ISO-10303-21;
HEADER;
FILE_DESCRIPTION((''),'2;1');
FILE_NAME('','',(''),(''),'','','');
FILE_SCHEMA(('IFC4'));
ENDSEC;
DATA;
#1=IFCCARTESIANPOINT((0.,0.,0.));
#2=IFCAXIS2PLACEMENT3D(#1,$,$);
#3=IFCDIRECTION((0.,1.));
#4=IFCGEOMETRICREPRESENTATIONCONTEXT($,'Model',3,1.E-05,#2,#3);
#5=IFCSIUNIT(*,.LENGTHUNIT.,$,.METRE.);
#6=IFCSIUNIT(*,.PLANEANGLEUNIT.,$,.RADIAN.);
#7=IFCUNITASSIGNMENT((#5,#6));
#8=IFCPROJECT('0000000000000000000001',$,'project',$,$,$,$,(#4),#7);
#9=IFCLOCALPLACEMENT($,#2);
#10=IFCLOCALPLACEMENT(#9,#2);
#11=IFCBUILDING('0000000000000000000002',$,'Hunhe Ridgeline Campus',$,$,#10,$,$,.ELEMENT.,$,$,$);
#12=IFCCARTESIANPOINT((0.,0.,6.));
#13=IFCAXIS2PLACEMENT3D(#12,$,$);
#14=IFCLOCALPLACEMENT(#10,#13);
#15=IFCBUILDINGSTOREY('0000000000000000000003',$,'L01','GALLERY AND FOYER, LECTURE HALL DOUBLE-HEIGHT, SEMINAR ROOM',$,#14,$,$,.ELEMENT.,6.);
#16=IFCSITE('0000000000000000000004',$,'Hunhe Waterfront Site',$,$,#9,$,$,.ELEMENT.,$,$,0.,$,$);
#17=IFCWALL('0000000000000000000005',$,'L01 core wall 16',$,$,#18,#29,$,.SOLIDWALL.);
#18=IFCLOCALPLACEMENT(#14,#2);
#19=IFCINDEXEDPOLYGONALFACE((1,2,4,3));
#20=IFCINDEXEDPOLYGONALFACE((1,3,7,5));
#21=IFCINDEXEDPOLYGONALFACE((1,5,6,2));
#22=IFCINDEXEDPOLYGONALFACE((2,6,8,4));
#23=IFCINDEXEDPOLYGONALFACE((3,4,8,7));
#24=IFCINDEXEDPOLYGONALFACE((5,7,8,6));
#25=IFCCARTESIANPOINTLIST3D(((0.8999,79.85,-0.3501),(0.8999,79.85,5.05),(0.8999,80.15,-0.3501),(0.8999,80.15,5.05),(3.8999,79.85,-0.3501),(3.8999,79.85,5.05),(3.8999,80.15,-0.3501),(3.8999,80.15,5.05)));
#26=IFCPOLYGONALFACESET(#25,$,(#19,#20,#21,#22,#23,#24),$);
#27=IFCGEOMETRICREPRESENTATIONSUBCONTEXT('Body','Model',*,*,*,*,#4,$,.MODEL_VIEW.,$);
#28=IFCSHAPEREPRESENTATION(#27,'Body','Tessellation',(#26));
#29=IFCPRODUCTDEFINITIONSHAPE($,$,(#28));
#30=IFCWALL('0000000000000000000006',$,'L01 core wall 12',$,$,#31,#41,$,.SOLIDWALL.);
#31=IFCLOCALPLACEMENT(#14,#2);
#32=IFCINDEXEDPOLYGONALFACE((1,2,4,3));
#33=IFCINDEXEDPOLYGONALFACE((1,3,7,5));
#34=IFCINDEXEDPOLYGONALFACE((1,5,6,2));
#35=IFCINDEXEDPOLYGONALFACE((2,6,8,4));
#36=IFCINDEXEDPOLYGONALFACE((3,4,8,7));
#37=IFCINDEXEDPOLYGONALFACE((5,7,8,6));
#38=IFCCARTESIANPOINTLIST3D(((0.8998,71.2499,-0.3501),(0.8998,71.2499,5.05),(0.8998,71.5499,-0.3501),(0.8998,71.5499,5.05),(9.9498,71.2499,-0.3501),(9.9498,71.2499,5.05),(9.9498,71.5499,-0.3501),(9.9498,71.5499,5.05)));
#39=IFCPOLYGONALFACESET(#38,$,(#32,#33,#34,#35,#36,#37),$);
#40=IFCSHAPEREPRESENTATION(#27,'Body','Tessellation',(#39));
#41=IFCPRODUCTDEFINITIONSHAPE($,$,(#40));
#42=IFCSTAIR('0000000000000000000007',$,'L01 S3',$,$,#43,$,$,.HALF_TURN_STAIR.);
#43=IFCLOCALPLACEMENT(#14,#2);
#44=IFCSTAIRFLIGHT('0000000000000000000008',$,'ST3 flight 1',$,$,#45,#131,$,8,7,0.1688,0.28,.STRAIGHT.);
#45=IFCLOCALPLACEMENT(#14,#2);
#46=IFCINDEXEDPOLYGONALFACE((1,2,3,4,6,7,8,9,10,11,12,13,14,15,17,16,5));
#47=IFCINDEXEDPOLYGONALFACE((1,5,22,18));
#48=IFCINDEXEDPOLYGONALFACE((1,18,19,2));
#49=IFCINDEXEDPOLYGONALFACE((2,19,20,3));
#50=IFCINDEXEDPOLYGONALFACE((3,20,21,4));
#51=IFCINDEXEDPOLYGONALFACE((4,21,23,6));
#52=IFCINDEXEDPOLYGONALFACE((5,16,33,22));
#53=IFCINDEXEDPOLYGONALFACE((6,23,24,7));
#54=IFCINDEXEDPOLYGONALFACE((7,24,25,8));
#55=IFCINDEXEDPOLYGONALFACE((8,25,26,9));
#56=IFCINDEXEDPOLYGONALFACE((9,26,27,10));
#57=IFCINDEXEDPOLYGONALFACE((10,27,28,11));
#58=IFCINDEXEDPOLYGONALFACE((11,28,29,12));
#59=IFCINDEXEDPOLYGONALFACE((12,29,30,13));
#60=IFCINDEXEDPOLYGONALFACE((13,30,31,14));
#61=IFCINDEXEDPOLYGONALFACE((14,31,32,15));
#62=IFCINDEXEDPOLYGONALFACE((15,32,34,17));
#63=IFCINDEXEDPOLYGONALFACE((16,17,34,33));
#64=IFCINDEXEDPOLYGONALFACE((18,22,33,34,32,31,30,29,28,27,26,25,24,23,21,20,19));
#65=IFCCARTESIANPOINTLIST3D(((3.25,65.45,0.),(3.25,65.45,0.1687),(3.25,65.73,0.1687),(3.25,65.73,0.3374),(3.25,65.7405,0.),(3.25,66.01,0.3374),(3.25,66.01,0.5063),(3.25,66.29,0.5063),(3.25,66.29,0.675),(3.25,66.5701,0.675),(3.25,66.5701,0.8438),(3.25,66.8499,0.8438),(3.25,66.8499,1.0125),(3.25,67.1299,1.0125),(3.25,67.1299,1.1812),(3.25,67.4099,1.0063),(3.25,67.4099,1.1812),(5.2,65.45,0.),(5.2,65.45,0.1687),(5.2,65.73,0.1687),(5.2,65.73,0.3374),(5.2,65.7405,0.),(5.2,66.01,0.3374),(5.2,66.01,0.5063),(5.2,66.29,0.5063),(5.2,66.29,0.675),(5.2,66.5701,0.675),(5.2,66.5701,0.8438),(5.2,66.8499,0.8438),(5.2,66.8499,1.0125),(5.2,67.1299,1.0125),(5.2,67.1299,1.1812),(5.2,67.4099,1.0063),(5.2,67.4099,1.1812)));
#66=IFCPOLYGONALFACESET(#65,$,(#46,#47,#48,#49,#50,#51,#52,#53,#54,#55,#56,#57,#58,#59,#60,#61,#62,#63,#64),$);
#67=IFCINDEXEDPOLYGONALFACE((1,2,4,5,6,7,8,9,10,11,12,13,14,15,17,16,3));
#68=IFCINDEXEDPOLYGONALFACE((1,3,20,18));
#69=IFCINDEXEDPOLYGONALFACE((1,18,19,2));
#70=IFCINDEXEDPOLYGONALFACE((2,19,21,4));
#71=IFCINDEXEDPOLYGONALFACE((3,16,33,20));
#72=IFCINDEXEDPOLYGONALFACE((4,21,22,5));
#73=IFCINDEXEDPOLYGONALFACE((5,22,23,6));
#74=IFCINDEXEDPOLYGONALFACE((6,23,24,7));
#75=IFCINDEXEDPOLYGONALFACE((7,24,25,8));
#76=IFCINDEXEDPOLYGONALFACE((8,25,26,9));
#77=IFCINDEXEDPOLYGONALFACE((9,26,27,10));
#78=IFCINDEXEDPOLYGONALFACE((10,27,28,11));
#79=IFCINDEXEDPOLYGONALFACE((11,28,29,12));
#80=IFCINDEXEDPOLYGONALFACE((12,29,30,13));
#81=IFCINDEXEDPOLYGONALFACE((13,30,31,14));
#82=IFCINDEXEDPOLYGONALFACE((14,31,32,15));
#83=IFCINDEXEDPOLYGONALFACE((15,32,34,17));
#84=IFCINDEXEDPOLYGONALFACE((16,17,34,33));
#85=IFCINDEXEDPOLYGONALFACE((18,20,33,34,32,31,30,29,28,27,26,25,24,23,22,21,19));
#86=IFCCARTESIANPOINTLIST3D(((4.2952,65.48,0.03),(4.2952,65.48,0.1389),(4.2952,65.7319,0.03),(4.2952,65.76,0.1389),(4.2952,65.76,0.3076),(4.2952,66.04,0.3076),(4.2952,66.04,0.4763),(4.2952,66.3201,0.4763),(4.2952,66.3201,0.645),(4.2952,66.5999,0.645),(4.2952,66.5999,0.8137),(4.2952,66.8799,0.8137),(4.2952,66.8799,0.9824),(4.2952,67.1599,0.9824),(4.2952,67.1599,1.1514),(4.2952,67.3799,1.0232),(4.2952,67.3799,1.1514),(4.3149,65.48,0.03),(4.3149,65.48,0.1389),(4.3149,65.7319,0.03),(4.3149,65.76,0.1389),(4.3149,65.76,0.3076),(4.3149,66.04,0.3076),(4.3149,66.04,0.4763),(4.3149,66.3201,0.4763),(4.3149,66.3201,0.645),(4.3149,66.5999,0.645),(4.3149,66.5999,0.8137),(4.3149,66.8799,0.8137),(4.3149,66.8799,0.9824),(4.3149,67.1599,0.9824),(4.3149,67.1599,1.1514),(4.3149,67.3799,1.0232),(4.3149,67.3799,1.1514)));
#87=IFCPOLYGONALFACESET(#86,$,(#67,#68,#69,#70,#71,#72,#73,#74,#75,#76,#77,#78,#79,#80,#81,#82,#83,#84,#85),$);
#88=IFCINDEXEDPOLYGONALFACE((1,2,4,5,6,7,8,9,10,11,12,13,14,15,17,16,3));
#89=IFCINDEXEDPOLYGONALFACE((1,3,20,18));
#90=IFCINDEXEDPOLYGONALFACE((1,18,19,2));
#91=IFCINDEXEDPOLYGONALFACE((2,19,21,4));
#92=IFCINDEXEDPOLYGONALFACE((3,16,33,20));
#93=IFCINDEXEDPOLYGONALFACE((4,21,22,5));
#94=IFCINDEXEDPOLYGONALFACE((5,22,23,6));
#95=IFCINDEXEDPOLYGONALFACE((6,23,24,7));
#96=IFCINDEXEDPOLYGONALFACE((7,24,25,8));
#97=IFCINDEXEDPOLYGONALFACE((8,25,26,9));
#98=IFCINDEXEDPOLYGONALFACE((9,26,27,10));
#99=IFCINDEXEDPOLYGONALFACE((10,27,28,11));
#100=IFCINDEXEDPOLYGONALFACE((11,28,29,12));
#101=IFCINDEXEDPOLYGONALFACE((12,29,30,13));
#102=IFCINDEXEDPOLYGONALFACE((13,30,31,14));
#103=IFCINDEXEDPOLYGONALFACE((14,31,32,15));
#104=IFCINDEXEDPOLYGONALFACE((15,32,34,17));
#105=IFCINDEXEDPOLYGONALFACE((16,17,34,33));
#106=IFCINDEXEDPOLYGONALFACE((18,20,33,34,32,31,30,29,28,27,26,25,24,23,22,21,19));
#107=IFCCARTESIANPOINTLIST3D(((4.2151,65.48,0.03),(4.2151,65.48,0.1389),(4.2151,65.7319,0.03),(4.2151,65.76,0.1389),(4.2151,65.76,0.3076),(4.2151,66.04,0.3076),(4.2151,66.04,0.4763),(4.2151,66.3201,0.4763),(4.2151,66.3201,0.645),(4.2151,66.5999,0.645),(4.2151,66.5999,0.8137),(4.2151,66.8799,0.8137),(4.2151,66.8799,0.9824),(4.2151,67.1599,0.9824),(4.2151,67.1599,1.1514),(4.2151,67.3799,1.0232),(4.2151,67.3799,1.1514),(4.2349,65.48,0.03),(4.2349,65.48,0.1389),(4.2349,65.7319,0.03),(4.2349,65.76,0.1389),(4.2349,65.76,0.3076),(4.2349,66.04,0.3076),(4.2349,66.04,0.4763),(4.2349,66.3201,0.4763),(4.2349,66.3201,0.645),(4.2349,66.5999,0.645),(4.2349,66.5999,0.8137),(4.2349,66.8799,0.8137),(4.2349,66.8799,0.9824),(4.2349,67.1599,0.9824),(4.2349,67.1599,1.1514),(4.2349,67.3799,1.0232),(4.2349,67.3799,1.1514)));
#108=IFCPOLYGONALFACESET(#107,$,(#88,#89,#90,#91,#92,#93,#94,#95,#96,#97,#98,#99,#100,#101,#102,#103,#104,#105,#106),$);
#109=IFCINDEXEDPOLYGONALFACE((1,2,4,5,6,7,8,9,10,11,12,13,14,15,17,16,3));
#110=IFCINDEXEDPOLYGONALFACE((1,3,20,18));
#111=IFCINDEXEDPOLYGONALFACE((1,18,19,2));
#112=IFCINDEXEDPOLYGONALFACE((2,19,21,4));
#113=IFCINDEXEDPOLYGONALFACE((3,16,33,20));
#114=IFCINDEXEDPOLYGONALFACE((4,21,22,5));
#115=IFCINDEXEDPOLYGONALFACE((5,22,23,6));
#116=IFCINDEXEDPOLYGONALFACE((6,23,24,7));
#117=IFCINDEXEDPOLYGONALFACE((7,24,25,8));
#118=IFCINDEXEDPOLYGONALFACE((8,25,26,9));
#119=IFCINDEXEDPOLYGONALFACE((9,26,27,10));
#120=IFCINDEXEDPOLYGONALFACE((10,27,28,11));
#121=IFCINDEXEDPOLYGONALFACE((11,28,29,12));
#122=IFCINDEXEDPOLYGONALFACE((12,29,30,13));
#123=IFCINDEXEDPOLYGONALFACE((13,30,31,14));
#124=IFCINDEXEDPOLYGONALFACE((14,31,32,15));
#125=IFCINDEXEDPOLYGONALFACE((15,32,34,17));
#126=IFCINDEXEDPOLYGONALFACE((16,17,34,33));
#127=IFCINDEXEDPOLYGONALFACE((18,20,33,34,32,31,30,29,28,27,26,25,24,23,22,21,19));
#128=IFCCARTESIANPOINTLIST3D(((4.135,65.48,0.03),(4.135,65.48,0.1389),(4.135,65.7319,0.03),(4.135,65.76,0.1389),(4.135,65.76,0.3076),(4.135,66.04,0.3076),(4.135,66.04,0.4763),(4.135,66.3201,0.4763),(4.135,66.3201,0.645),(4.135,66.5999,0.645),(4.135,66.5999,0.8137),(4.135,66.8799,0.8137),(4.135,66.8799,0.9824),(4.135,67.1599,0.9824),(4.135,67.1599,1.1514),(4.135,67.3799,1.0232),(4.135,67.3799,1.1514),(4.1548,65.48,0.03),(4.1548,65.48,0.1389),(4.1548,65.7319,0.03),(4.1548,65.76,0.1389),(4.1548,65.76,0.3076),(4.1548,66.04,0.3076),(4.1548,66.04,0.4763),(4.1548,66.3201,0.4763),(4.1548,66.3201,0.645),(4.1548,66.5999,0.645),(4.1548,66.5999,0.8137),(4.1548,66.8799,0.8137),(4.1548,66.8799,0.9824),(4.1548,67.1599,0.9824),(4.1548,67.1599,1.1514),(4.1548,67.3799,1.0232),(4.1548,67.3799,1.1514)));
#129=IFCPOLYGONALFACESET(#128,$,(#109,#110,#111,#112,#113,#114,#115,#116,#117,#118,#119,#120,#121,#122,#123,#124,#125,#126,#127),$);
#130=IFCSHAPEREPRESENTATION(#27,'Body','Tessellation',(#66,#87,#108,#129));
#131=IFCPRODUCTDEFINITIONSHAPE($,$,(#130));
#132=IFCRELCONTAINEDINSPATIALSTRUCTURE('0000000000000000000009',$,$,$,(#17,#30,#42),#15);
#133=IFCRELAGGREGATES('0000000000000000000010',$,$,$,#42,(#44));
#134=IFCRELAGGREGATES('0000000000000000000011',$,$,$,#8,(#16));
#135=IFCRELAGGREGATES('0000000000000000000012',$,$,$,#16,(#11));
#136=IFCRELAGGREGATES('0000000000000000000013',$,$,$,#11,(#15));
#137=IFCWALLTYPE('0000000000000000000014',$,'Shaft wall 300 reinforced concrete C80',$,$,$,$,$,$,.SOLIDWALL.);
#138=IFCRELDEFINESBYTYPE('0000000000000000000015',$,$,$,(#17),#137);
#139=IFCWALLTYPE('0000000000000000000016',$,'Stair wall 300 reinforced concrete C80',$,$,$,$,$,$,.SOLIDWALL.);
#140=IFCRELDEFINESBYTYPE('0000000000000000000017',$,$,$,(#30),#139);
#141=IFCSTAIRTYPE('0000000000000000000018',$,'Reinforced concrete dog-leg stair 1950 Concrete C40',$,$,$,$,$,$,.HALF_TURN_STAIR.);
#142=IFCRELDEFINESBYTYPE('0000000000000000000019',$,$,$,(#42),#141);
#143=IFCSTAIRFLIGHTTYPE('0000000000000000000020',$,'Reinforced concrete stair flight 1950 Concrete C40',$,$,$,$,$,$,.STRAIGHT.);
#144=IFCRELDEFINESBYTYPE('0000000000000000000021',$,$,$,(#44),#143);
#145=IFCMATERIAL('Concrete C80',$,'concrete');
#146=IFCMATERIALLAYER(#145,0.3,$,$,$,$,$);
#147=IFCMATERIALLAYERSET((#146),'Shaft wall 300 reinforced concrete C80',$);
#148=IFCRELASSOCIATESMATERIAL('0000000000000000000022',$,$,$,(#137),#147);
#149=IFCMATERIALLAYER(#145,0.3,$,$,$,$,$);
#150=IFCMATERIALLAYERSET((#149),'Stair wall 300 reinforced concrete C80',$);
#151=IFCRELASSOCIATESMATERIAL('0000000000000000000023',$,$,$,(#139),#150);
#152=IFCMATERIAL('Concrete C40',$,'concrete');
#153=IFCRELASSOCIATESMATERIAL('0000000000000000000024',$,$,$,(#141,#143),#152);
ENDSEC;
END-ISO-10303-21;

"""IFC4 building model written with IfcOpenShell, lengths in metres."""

from ifc_helpers import new_model, si_unit, direction, frame, frame_2d, origin, place, context, subcontext, project, spatial, polyline, rectangle, outline, extrude, material, layer, layer_set, type_object, element, aggregate, save


model = new_model("IFC4")

# Units and contexts
model_context = context("Model", 3, precision=1e-05, world=origin(), true_north=direction((0.0, 1.0)))
body_context = subcontext(model_context, "Body", "Model", "MODEL_VIEW")
ifc_project = project(units=[si_unit("LENGTHUNIT", "METRE"), si_unit("PLANEANGLEUNIT", "RADIAN")], contexts=[model_context])

# Site, building, storey
site_placement = place(None, origin())
site = spatial("IfcSite", under=ifc_project, at=site_placement, Name="Hunhe Waterfront Site", CompositionType="ELEMENT", RefElevation=0.0)
building_placement = place(site_placement, origin())
building = spatial("IfcBuilding", under=site, at=building_placement, Name="Hunhe Ridgeline Campus", CompositionType="ELEMENT")
storey_placement = place(building_placement, frame((0.0, 0.0, 6.0)))
storey = spatial("IfcBuildingStorey", under=building, at=storey_placement, Name="L01", Description="GALLERY AND FOYER, LECTURE HALL DOUBLE-HEIGHT, SEMINAR ROOM", CompositionType="ELEMENT", Elevation=6.0)

# Shared definitions
ifc_material_1 = material(Name="Concrete C80", Category="concrete")
ifc_layer_1 = layer(ifc_material_1, 0.3)
ifc_layer_set_1 = layer_set([ifc_layer_1], Name="Shaft wall 300 reinforced concrete C80")
wall_type_1 = type_object("IfcWallType", Name="Shaft wall 300 reinforced concrete C80", PredefinedType="SOLIDWALL", material=ifc_layer_set_1)

# Wall
wall_1_placement = place(storey_placement, frame((0.8999, 80.0, -0.3501), z_axis=(0.0, 0.0, 1.0), x_axis=(1.0, 0.0, 0.0)))
element("IfcWall", 1, at=wall_1_placement, inside=storey, type_object=wall_type_1, Name="L01 core wall 16", PredefinedType="SOLIDWALL", context=body_context, shape_type="SweptSolid", body=[
    extrude(rectangle(XDim=3.0, YDim=0.3, at=frame_2d((1.5, 0.0))), origin(), (0.0, 0.0, 1.0), 5.4001),
])

# Wall
ifc_layer_2 = layer(ifc_material_1, 0.3)
ifc_layer_set_2 = layer_set([ifc_layer_2], Name="Stair wall 300 reinforced concrete C80")
wall_type_2 = type_object("IfcWallType", Name="Stair wall 300 reinforced concrete C80", PredefinedType="SOLIDWALL", material=ifc_layer_set_2)
wall_2_placement = place(storey_placement, frame((0.8999, 71.3999, -0.3501), z_axis=(0.0, 0.0, 1.0), x_axis=(1.0, 0.0, 0.0)))
element("IfcWall", 2, at=wall_2_placement, inside=storey, type_object=wall_type_2, Name="L01 core wall 12", PredefinedType="SOLIDWALL", context=body_context, shape_type="SweptSolid", body=[
    extrude(rectangle(XDim=9.05, YDim=0.3, at=frame_2d((4.5249, 0.0))), origin(), (0.0, 0.0, 1.0), 5.4001),
])

# Stair, stair flight
ifc_material_2 = material(Name="Concrete C40", Category="concrete")
stair_type = type_object("IfcStairType", Name="Reinforced concrete dog-leg stair 1950 Concrete C40", PredefinedType="HALF_TURN_STAIR", material=ifc_material_2)
stair_1_placement = place(storey_placement, origin())
stair_1 = element("IfcStair", 3, at=stair_1_placement, inside=storey, type_object=stair_type, Name="L01 S3", PredefinedType="HALF_TURN_STAIR")
stair_flight_type = type_object("IfcStairFlightType", Name="Reinforced concrete stair flight 1950 Concrete C40", PredefinedType="STRAIGHT", material=ifc_material_2)
stair_flight_1_placement = place(storey_placement, frame((4.2251, 65.45, 0.0), z_axis=(0.0, 0.0, 1.0), x_axis=(0.0, 1.0, 0.0)))
stair_flight_1 = element("IfcStairFlight", 4, at=stair_flight_1_placement, type_object=stair_flight_type, Name="ST3 flight 1", NumberOfRisers=8, NumberOfTreads=7, PredefinedType="STRAIGHT", RiserHeight=0.1688, TreadLength=0.28, context=body_context, shape_type="SweptSolid", body=[
    extrude(outline(polyline([(0.0, 0.0), (0.0, 0.1687), (0.28, 0.1687), (0.28, 0.3374), (0.5601, 0.3374), (0.5601, 0.5063), (0.8401, 0.5063), (0.8401, 0.675), (1.1201, 0.675), (1.1201, 0.8438), (1.3999, 0.8438), (1.3999, 1.0125), (1.6799, 1.0125), (1.6799, 1.1812), (1.96, 1.1812), (1.96, 1.3501), (1.96, 1.0063), (0.2905, 0.0), (0.0, 0.0)])), frame((0.0, 0.9751, 0.0), z_axis=(0.0, -1.0, 0.0), x_axis=(1.0, 0.0, 0.0)), (0.0, 0.0, 1.0), 1.95),
    extrude(outline(polyline([(0.03, 0.03), (0.03, 0.1389), (0.3101, 0.1389), (0.3101, 0.3076), (0.5901, 0.3076), (0.5901, 0.4763), (0.8701, 0.4763), (0.8701, 0.645), (1.1499, 0.645), (1.1499, 0.8137), (1.4299, 0.8137), (1.4299, 0.9824), (1.71, 0.9824), (1.71, 1.1514), (1.9299, 1.1514), (1.9299, 1.0232), (0.282, 0.03), (0.03, 0.03)])), frame((0.0, -0.0701, 0.0), z_axis=(0.0, -1.0, 0.0), x_axis=(1.0, 0.0, 0.0)), (0.0, 0.0, 1.0), 0.0198),
    extrude(outline(polyline([(0.03, 0.03), (0.03, 0.1389), (0.3101, 0.1389), (0.3101, 0.3076), (0.5901, 0.3076), (0.5901, 0.4763), (0.8701, 0.4763), (0.8701, 0.645), (1.1499, 0.645), (1.1499, 0.8137), (1.4299, 0.8137), (1.4299, 0.9824), (1.71, 0.9824), (1.71, 1.1514), (1.9299, 1.1514), (1.9299, 1.0232), (0.282, 0.03), (0.03, 0.03)])), frame((0.0, 0.01, 0.0), z_axis=(0.0, -1.0, 0.0), x_axis=(1.0, 0.0, 0.0)), (0.0, 0.0, 1.0), 0.0198),
    extrude(outline(polyline([(0.03, 0.03), (0.03, 0.1389), (0.3101, 0.1389), (0.3101, 0.3076), (0.5901, 0.3076), (0.5901, 0.4763), (0.8701, 0.4763), (0.8701, 0.645), (1.1499, 0.645), (1.1499, 0.8137), (1.4299, 0.8137), (1.4299, 0.9824), (1.71, 0.9824), (1.71, 1.1514), (1.9299, 1.1514), (1.9299, 1.0232), (0.282, 0.03), (0.03, 0.03)])), frame((0.0, 0.0901, 0.0), z_axis=(0.0, -1.0, 0.0), x_axis=(1.0, 0.0, 0.0)), (0.0, 0.0, 1.0), 0.0198),
])
aggregate(stair_1, [stair_flight_1])

save(model, "model.ifc")
